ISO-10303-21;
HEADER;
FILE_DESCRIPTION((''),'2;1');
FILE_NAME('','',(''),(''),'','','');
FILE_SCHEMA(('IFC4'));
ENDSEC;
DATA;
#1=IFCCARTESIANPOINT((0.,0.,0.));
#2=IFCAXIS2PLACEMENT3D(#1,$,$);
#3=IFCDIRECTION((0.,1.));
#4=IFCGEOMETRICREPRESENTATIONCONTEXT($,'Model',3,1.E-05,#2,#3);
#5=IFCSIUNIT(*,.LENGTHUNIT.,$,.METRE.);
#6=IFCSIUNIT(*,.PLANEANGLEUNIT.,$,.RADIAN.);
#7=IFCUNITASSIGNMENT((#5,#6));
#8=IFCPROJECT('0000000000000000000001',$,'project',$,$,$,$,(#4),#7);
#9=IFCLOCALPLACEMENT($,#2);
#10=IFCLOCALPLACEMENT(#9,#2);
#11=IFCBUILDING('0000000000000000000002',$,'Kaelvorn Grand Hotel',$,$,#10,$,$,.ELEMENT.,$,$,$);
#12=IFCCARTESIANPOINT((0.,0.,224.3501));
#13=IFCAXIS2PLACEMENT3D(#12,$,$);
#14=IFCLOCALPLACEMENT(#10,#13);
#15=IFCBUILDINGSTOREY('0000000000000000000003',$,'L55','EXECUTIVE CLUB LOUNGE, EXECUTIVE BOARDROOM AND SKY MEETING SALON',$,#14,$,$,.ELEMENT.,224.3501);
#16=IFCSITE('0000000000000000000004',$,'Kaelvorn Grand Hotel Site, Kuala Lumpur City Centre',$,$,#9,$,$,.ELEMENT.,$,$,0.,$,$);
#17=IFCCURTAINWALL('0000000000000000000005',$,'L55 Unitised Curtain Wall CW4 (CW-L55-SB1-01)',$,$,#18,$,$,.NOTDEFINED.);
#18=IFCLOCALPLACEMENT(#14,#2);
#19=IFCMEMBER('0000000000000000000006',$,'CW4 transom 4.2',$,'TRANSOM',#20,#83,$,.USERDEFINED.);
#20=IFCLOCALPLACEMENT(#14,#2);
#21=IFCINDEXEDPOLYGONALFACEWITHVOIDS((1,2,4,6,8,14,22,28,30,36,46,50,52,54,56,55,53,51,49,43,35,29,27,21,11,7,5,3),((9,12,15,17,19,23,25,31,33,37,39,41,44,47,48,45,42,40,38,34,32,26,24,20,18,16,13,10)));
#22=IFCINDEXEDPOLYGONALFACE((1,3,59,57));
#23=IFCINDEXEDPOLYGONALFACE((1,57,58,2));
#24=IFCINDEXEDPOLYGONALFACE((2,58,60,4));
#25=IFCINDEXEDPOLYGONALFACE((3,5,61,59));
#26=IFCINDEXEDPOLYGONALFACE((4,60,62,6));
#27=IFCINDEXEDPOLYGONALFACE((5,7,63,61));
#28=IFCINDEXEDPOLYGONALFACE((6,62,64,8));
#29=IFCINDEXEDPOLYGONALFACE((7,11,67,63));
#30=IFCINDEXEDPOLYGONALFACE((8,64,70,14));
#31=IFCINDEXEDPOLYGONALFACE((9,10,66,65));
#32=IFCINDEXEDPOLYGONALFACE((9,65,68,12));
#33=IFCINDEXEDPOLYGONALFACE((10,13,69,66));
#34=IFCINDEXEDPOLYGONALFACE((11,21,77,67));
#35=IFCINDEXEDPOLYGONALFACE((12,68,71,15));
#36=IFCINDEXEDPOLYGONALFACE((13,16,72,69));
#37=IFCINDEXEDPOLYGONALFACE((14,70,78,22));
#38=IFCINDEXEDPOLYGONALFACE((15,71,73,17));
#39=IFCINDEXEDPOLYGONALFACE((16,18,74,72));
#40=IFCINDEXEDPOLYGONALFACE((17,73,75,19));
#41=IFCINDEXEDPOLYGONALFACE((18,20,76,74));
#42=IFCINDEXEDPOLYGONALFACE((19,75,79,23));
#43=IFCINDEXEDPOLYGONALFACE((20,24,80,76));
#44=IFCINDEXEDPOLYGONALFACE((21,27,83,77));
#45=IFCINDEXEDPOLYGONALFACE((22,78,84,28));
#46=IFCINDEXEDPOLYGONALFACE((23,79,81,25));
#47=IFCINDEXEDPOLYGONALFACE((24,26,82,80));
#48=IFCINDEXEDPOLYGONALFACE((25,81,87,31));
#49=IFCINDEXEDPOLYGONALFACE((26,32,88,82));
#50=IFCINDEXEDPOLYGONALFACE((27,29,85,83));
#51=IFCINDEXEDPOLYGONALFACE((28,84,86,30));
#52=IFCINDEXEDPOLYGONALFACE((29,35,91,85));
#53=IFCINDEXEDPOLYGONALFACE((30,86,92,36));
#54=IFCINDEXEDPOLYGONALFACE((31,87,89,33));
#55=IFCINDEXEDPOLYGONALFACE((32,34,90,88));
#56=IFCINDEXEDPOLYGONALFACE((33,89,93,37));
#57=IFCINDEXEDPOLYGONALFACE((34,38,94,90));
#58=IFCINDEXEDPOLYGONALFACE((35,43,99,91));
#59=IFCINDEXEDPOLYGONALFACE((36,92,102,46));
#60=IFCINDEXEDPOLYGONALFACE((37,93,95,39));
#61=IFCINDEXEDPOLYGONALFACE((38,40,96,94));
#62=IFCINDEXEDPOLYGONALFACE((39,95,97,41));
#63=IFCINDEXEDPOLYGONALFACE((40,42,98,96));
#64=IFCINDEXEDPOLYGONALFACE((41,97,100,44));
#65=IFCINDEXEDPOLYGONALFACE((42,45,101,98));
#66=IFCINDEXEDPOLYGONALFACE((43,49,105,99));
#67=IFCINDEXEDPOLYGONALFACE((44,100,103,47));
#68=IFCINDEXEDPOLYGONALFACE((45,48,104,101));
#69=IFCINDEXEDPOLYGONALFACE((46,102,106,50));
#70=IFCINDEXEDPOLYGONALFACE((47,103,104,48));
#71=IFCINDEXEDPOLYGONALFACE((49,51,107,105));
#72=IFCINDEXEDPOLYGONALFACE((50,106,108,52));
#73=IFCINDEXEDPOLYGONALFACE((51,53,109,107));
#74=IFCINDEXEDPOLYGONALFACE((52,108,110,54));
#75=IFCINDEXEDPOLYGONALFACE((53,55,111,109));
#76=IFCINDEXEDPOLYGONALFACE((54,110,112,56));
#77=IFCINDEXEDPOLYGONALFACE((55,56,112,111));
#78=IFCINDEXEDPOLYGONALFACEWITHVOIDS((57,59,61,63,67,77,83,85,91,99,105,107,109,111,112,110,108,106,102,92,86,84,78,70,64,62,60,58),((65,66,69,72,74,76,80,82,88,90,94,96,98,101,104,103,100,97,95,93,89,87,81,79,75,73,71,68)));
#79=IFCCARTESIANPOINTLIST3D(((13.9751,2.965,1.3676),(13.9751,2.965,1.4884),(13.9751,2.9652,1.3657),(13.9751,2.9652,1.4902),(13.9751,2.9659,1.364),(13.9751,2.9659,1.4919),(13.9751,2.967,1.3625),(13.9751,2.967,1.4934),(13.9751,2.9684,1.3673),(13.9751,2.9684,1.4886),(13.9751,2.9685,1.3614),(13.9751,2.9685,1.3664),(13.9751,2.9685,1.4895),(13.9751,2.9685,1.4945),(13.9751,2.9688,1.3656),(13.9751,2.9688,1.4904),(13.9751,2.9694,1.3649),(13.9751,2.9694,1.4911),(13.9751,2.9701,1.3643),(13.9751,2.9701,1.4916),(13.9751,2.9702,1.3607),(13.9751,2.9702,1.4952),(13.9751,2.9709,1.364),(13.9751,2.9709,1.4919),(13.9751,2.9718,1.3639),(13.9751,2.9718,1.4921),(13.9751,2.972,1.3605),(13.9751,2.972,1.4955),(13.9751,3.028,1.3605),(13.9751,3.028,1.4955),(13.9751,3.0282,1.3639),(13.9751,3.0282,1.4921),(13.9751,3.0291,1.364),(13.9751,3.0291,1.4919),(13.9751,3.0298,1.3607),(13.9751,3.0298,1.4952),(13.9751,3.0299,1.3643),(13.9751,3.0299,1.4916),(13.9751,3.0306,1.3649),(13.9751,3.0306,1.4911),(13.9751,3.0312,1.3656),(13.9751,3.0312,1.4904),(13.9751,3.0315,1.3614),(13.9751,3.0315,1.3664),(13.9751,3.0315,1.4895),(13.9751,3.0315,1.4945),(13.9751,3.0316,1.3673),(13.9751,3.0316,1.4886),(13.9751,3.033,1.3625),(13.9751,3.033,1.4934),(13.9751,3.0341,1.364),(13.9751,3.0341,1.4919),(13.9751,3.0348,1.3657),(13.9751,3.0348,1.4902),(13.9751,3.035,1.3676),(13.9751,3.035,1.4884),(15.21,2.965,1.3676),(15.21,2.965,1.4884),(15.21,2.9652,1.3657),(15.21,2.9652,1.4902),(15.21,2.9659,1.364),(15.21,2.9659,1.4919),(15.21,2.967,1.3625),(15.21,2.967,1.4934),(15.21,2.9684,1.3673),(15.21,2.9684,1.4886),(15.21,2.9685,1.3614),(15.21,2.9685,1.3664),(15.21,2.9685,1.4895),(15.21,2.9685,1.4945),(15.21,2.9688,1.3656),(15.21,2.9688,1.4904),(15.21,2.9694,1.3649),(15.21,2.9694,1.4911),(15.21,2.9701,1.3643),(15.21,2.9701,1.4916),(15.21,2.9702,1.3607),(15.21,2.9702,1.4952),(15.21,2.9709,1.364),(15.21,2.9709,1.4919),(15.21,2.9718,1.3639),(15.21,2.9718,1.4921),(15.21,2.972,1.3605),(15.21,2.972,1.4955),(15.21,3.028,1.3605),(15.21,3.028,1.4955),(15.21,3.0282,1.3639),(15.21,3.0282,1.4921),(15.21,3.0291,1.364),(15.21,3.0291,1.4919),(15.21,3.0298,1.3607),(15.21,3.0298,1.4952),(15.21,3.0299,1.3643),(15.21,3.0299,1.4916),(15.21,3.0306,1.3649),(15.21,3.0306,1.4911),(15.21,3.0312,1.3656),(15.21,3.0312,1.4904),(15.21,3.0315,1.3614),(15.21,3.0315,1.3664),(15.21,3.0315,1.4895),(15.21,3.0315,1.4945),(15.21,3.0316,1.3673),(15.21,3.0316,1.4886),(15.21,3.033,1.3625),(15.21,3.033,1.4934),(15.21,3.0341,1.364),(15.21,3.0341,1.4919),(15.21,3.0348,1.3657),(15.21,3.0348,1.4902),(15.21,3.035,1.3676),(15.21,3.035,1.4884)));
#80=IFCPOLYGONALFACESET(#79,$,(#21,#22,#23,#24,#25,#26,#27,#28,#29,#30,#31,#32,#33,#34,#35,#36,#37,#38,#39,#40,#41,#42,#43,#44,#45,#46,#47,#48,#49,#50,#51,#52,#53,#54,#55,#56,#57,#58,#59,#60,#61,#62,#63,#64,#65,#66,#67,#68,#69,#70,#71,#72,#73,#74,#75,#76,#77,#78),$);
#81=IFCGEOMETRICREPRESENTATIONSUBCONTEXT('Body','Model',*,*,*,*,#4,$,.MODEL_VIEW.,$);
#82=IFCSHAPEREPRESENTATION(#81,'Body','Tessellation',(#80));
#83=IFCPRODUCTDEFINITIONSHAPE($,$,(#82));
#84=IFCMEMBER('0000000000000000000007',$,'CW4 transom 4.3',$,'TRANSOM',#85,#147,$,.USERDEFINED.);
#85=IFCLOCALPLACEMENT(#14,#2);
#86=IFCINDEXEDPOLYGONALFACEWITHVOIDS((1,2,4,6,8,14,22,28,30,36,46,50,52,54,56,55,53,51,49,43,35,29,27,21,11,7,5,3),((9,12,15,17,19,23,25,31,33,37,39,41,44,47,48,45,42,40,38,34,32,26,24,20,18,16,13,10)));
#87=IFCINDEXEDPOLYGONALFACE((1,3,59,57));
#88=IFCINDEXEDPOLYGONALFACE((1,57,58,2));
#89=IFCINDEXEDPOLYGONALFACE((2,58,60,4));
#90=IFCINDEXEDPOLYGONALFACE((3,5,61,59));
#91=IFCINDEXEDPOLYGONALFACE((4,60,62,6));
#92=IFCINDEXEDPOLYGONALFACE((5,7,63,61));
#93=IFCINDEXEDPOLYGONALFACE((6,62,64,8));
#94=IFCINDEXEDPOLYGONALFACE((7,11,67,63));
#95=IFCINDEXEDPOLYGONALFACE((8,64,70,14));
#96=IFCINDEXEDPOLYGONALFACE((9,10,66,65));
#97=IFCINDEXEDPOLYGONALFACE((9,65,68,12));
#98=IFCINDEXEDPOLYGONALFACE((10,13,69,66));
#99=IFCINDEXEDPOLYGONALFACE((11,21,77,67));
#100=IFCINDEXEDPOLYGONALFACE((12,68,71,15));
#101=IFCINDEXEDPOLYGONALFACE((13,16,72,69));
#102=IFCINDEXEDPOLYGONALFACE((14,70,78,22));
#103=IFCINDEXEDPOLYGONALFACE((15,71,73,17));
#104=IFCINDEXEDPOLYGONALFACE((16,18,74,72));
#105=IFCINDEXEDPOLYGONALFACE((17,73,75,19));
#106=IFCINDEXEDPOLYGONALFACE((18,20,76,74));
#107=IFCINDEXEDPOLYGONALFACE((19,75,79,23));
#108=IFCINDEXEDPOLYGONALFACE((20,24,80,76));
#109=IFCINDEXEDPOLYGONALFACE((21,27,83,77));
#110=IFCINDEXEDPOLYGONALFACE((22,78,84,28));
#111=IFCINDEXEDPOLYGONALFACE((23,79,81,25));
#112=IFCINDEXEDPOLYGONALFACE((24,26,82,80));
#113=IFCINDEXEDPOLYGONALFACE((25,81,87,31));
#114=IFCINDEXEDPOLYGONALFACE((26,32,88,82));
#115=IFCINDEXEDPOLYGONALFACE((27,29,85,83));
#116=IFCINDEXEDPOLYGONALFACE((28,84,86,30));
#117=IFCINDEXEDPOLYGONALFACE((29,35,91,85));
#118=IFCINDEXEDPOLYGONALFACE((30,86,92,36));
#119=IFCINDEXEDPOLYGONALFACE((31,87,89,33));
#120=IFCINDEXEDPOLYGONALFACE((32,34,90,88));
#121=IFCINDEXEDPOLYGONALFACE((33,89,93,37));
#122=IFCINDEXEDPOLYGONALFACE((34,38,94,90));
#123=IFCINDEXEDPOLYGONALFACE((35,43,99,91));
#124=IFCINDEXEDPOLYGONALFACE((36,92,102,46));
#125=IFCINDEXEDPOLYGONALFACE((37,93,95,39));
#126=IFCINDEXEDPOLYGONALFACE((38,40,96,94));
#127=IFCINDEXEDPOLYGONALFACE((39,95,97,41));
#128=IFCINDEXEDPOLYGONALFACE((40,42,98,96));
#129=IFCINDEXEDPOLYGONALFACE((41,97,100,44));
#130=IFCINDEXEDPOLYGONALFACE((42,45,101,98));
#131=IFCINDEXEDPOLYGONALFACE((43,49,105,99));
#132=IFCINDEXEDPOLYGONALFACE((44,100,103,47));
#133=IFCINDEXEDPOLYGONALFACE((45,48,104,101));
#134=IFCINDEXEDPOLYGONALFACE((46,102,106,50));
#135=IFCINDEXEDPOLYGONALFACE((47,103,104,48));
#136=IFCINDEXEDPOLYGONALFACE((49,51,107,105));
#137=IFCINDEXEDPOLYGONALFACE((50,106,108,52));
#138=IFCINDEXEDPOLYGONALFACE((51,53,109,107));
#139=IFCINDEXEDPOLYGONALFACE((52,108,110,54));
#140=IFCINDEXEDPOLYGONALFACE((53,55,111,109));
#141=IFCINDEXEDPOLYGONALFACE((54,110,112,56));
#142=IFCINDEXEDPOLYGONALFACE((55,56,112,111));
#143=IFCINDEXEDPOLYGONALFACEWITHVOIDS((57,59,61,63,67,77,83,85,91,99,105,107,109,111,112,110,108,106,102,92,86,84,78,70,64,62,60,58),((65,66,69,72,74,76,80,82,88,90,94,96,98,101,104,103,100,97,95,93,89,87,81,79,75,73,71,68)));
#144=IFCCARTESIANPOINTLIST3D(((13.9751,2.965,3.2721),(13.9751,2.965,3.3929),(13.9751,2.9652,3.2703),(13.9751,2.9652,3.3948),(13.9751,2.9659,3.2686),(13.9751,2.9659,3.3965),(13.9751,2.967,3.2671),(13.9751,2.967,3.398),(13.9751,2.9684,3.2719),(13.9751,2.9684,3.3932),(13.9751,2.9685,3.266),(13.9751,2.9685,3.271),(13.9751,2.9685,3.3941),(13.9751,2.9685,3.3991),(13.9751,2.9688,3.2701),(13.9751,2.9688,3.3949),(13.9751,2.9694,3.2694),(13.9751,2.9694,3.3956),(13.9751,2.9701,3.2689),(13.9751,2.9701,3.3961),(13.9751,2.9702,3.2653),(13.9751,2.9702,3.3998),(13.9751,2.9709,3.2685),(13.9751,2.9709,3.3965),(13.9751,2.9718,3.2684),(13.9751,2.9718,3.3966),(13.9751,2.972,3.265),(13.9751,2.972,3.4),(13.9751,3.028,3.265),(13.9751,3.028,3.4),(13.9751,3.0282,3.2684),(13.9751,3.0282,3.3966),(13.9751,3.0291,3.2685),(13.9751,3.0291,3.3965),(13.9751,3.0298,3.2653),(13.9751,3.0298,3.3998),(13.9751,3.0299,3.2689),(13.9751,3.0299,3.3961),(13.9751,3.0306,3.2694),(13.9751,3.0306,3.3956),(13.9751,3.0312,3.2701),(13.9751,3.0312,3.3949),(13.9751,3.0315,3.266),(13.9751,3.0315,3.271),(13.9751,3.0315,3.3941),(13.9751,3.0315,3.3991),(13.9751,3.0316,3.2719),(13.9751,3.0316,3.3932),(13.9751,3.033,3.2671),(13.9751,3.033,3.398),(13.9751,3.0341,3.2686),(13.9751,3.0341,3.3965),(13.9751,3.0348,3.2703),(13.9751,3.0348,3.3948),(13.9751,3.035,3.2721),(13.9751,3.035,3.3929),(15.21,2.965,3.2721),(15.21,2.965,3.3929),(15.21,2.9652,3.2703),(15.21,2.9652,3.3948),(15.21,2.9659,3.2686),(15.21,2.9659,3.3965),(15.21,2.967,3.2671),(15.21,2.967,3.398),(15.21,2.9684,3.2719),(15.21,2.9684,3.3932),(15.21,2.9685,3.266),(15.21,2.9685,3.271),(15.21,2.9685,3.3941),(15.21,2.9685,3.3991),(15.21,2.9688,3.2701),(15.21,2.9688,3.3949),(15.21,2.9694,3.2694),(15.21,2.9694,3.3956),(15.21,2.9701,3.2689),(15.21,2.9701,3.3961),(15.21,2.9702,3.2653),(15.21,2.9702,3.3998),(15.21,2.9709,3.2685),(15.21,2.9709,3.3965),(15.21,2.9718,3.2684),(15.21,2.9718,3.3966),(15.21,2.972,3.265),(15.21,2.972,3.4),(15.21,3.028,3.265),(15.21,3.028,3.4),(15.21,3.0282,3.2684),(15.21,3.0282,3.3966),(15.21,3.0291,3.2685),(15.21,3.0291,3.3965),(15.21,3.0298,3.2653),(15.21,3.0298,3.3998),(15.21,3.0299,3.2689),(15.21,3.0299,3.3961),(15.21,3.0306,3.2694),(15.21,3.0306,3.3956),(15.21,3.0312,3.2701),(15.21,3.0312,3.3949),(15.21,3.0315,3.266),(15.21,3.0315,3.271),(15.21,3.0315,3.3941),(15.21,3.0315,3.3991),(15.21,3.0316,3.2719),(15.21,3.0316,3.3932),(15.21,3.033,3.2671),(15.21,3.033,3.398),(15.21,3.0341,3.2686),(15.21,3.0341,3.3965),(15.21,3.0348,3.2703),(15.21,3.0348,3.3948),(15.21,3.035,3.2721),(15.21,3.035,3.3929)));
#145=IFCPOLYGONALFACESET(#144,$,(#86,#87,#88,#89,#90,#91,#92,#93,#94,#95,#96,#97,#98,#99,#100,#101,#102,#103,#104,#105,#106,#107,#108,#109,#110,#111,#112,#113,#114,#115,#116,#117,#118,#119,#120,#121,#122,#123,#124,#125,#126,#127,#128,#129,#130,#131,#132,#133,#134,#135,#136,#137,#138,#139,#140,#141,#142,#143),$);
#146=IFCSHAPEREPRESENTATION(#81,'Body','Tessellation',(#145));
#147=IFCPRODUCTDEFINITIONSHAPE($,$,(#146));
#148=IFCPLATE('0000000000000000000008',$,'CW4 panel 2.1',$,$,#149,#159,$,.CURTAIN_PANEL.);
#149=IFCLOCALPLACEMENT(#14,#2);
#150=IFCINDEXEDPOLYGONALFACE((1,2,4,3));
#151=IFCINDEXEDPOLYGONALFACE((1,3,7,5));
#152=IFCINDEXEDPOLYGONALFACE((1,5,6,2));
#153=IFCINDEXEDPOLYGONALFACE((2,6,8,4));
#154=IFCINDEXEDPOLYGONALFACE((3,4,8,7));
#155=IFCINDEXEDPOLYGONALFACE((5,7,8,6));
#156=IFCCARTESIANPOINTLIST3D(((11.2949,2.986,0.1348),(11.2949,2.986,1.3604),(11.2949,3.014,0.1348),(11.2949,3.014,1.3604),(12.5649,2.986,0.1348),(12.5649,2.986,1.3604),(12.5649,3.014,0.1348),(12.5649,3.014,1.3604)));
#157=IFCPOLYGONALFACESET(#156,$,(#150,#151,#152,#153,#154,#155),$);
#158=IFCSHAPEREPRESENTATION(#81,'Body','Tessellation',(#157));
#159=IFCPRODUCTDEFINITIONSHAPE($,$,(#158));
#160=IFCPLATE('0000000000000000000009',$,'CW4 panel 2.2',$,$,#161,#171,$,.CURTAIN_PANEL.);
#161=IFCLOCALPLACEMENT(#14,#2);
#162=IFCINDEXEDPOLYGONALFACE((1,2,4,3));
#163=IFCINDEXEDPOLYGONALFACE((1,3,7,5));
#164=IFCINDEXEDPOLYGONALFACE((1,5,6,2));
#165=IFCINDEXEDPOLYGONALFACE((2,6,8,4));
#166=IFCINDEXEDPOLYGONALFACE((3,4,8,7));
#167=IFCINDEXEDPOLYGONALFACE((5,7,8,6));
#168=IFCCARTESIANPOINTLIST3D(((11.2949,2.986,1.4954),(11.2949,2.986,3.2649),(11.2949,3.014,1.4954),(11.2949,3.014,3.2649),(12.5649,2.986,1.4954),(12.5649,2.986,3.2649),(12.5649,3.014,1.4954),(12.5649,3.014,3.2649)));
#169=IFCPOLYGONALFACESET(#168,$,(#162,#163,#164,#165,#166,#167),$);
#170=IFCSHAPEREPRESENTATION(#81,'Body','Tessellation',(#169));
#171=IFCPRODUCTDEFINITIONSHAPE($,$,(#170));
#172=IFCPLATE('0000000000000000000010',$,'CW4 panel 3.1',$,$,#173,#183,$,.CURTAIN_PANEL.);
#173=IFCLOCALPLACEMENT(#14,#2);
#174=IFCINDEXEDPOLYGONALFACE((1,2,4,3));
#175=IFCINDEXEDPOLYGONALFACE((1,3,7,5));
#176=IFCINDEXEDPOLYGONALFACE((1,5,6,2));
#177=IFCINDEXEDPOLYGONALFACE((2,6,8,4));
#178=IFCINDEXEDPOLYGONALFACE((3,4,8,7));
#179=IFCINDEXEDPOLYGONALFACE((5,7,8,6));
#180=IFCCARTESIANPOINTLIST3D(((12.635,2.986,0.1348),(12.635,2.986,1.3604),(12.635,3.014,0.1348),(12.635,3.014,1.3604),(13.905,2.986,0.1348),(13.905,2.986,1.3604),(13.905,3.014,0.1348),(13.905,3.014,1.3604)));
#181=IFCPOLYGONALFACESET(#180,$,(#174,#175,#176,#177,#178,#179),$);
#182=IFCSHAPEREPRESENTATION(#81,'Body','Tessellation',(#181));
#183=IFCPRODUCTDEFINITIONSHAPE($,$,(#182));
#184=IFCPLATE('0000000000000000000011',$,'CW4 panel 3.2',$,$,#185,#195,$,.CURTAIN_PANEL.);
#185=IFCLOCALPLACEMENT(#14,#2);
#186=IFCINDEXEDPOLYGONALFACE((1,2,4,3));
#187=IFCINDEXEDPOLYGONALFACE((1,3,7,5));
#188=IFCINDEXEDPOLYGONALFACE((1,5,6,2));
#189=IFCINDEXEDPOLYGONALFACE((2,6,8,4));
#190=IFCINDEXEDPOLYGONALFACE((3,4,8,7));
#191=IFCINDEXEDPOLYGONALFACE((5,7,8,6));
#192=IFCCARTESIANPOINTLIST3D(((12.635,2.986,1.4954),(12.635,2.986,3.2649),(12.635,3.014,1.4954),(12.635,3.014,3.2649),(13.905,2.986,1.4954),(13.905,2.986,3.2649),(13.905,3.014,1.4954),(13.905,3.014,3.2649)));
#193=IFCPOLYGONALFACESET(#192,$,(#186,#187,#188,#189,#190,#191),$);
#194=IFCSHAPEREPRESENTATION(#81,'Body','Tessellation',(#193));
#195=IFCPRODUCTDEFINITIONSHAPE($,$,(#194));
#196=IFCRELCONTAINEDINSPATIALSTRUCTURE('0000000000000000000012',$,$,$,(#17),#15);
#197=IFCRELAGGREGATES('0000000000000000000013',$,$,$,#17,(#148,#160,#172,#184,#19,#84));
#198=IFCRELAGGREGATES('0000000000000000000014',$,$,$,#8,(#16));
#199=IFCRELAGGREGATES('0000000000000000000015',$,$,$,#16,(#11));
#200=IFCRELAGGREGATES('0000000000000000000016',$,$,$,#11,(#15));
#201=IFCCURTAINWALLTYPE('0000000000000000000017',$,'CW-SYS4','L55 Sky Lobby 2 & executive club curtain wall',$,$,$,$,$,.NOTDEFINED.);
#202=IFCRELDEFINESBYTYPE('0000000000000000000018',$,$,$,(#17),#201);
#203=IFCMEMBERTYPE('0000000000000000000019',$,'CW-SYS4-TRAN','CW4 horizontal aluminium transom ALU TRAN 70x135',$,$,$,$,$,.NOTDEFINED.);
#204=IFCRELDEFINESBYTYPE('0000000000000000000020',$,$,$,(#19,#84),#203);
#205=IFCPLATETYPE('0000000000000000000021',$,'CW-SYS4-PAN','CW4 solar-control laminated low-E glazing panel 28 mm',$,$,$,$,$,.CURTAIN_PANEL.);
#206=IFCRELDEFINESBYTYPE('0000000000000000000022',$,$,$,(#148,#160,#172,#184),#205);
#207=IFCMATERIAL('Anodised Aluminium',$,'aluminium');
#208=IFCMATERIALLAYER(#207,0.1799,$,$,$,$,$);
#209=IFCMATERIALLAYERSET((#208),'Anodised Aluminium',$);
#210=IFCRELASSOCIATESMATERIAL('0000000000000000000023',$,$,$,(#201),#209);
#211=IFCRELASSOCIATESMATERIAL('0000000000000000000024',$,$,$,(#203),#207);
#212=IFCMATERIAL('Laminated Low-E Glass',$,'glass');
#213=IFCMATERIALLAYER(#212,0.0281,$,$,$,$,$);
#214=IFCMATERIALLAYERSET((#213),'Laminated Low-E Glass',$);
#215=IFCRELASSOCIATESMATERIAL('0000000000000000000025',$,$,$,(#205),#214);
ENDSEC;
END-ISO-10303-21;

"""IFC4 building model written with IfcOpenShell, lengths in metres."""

from ifc_helpers import new_model, si_unit, direction, frame, origin, origin_2d, place, context, subcontext, project, spatial, rectangle, hollow_rectangle, extrude, material, layer, layer_set, material_profile, profile_set, type_object, element, aggregate, save


model = new_model("IFC4")

# Units and contexts
model_context = context("Model", 3, precision=1e-05, world=origin(), true_north=direction((0.0, 1.0)))
body_context = subcontext(model_context, "Body", "Model", "MODEL_VIEW")
ifc_project = project(units=[si_unit("LENGTHUNIT", "METRE"), si_unit("PLANEANGLEUNIT", "RADIAN")], contexts=[model_context])

# Site, building, storey
site_placement = place(None, origin())
site = spatial("IfcSite", under=ifc_project, at=site_placement, Name="Kaelvorn Grand Hotel Site, Kuala Lumpur City Centre", CompositionType="ELEMENT", RefElevation=0.0)
building_placement = place(site_placement, origin())
building = spatial("IfcBuilding", under=site, at=building_placement, Name="Kaelvorn Grand Hotel", CompositionType="ELEMENT")
storey_placement = place(building_placement, frame((0.0, 0.0, 224.3501)))
storey = spatial("IfcBuildingStorey", under=building, at=storey_placement, Name="L55", Description="EXECUTIVE CLUB LOUNGE, EXECUTIVE BOARDROOM AND SKY MEETING SALON", CompositionType="ELEMENT", Elevation=224.3501)

# Curtain wall, members, plates
ifc_material_1 = material(Name="Anodised Aluminium", Category="aluminium")
ifc_layer_1 = layer(ifc_material_1, 0.1799)
ifc_layer_set_1 = layer_set([ifc_layer_1], Name="Anodised Aluminium")
curtain_wall_type = type_object("IfcCurtainWallType", Name="CW-SYS4", Description="L55 Sky Lobby 2 & executive club curtain wall", PredefinedType="NOTDEFINED", material=ifc_layer_set_1)
curtain_wall_placement = place(storey_placement, origin())
curtain_wall = element("IfcCurtainWall", 1, at=curtain_wall_placement, inside=storey, type_object=curtain_wall_type, Name="L55 Unitised Curtain Wall CW4 (CW-L55-SB1-01)", PredefinedType="NOTDEFINED")
ifc_material_profile_1 = material_profile(ifc_material_1, hollow_rectangle(XDim=0.0701, YDim=0.135, WallThickness=0.0034, InnerFilletRadius=0.0034, OuterFilletRadius=0.0071, at=origin_2d()), Name="ALU TRAN 70x135")
ifc_profile_set_1 = profile_set([ifc_material_profile_1], Name="Anodised Aluminium")
member_type_1 = type_object("IfcMemberType", Name="CW-SYS4-TRAN", Description="CW4 horizontal aluminium transom ALU TRAN 70x135", PredefinedType="NOTDEFINED", material=ifc_profile_set_1)
member_1_placement = place(storey_placement, frame((13.9751, 3.0, 1.428), z_axis=(1.0, 0.0, 0.0), x_axis=(0.0, 1.0, 0.0)))
member_1 = element("IfcMember", 2, at=member_1_placement, type_object=member_type_1, Name="CW4 transom 4.2", ObjectType="TRANSOM", PredefinedType="USERDEFINED", context=body_context, shape_type="SweptSolid", body=[
    extrude(hollow_rectangle(XDim=0.0701, YDim=0.135, WallThickness=0.0034, InnerFilletRadius=0.0034, OuterFilletRadius=0.0071, at=origin_2d()), origin(), (0.0, 0.0, 1.0), 1.2349),
])
member_2_placement = place(storey_placement, frame((13.9751, 3.0, 3.3325), z_axis=(1.0, 0.0, 0.0), x_axis=(0.0, 1.0, 0.0)))
member_2 = element("IfcMember", 3, at=member_2_placement, type_object=member_type_1, Name="CW4 transom 4.3", ObjectType="TRANSOM", PredefinedType="USERDEFINED", context=body_context, shape_type="SweptSolid", body=[
    extrude(hollow_rectangle(XDim=0.0701, YDim=0.135, WallThickness=0.0034, InnerFilletRadius=0.0034, OuterFilletRadius=0.0071, at=origin_2d()), origin(), (0.0, 0.0, 1.0), 1.2349),
])
ifc_material_2 = material(Name="Laminated Low-E Glass", Category="glass")
ifc_layer_2 = layer(ifc_material_2, 0.0281)
ifc_layer_set_2 = layer_set([ifc_layer_2], Name="Laminated Low-E Glass")
plate_type = type_object("IfcPlateType", Name="CW-SYS4-PAN", Description="CW4 solar-control laminated low-E glazing panel 28 mm", PredefinedType="CURTAIN_PANEL", material=ifc_layer_set_2)
plate_1_placement = place(storey_placement, frame((11.9299, 3.0, 0.1348), z_axis=(0.0, 0.0, 1.0), x_axis=(1.0, 0.0, 0.0)))
plate_1 = element("IfcPlate", 4, at=plate_1_placement, type_object=plate_type, Name="CW4 panel 2.1", PredefinedType="CURTAIN_PANEL", context=body_context, shape_type="SweptSolid", body=[
    extrude(rectangle(XDim=1.27, YDim=0.0281, at=origin_2d()), origin(), (0.0, 0.0, 1.0), 1.2256),
])
plate_2_placement = place(storey_placement, frame((11.9299, 3.0, 1.4954), z_axis=(0.0, 0.0, 1.0), x_axis=(1.0, 0.0, 0.0)))
plate_2 = element("IfcPlate", 5, at=plate_2_placement, type_object=plate_type, Name="CW4 panel 2.2", PredefinedType="CURTAIN_PANEL", context=body_context, shape_type="SweptSolid", body=[
    extrude(rectangle(XDim=1.27, YDim=0.0281, at=origin_2d()), origin(), (0.0, 0.0, 1.0), 1.7695),
])
plate_3_placement = place(storey_placement, frame((13.27, 3.0, 0.1348), z_axis=(0.0, 0.0, 1.0), x_axis=(1.0, 0.0, 0.0)))
plate_3 = element("IfcPlate", 6, at=plate_3_placement, type_object=plate_type, Name="CW4 panel 3.1", PredefinedType="CURTAIN_PANEL", context=body_context, shape_type="SweptSolid", body=[
    extrude(rectangle(XDim=1.27, YDim=0.0281, at=origin_2d()), origin(), (0.0, 0.0, 1.0), 1.2256),
])
plate_4_placement = place(storey_placement, frame((13.27, 3.0, 1.4954), z_axis=(0.0, 0.0, 1.0), x_axis=(1.0, 0.0, 0.0)))
plate_4 = element("IfcPlate", 7, at=plate_4_placement, type_object=plate_type, Name="CW4 panel 3.2", PredefinedType="CURTAIN_PANEL", context=body_context, shape_type="SweptSolid", body=[
    extrude(rectangle(XDim=1.27, YDim=0.0281, at=origin_2d()), origin(), (0.0, 0.0, 1.0), 1.7695),
])
aggregate(curtain_wall, [plate_1, plate_2, plate_3, plate_4, member_1, member_2])

save(model, "model.ifc")
